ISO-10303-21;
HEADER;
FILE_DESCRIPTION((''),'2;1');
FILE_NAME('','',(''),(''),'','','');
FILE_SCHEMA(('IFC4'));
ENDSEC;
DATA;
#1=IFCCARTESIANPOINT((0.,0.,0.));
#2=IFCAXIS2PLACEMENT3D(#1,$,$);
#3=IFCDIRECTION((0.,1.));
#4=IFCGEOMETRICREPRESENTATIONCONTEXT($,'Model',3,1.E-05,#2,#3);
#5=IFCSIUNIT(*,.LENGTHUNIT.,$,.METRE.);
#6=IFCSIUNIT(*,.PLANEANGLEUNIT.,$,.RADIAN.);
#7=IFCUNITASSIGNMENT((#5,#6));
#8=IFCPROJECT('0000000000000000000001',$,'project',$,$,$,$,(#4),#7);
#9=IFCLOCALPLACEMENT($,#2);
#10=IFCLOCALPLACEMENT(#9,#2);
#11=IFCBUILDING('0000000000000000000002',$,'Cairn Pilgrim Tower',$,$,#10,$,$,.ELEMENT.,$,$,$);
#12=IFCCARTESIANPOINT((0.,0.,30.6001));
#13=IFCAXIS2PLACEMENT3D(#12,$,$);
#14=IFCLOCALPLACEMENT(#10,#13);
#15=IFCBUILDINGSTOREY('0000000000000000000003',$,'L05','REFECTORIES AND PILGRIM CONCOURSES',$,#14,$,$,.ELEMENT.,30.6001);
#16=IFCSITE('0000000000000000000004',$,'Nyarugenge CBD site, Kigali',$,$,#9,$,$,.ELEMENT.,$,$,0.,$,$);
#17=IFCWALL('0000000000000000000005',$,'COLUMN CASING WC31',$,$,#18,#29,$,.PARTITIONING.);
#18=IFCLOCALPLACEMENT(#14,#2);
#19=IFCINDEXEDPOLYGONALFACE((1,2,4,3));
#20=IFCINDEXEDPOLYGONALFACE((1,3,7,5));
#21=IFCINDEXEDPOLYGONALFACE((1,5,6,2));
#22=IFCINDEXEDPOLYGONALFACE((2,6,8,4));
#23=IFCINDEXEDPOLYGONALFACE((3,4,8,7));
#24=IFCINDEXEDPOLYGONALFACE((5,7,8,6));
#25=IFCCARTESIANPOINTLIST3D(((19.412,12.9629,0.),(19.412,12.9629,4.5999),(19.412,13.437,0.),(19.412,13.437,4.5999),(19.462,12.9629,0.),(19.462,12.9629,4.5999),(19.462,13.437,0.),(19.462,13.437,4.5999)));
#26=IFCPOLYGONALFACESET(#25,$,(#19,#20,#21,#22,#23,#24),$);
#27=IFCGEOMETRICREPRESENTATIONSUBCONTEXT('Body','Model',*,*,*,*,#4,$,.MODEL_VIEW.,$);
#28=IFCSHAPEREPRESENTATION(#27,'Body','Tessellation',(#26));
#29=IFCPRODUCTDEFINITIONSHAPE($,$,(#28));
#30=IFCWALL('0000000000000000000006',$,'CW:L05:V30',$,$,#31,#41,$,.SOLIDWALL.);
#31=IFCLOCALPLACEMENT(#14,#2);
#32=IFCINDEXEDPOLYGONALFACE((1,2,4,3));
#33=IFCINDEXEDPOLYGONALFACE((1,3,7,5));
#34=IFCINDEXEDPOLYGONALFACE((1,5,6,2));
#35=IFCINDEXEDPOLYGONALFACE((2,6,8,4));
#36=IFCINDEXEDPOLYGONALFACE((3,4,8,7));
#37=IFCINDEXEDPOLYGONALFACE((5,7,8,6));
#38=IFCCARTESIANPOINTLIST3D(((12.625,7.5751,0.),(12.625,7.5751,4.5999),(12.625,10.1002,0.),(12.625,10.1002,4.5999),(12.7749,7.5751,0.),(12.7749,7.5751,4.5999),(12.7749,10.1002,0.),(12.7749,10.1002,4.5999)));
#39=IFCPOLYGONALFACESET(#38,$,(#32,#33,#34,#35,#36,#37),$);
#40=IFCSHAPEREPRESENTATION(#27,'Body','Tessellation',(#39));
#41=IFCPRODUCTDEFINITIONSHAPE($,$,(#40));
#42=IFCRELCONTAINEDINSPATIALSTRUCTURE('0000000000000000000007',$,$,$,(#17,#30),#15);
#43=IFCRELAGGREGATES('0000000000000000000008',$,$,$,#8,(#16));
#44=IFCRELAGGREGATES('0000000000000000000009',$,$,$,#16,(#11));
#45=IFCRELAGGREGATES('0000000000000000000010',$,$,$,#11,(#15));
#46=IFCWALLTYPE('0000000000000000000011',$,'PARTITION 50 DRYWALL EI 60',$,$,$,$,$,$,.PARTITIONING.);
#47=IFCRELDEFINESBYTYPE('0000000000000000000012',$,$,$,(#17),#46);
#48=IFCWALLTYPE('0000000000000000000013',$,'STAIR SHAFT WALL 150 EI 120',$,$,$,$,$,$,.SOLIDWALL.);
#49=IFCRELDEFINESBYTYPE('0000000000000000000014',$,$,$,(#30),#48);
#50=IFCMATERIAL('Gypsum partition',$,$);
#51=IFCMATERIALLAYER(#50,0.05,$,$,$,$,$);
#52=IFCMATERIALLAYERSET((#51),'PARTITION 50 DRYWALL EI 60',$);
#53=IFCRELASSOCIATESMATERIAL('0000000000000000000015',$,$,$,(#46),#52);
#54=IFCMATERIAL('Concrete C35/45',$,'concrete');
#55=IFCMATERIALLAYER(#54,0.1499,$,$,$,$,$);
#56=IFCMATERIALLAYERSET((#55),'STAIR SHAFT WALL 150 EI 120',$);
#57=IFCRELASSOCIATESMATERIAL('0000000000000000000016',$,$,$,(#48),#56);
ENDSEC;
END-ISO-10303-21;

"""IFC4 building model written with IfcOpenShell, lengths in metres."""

from ifc_helpers import new_model, si_unit, direction, frame, frame_2d, origin, place, context, subcontext, project, spatial, rectangle, extrude, material, layer, layer_set, type_object, element, save


model = new_model("IFC4")

# Units and contexts
model_context = context("Model", 3, precision=1e-05, world=origin(), true_north=direction((0.0, 1.0)))
body_context = subcontext(model_context, "Body", "Model", "MODEL_VIEW")
ifc_project = project(units=[si_unit("LENGTHUNIT", "METRE"), si_unit("PLANEANGLEUNIT", "RADIAN")], contexts=[model_context])

# Site, building, storey
site_placement = place(None, origin())
site = spatial("IfcSite", under=ifc_project, at=site_placement, Name="Nyarugenge CBD site, Kigali", CompositionType="ELEMENT", RefElevation=0.0)
building_placement = place(site_placement, origin())
building = spatial("IfcBuilding", under=site, at=building_placement, Name="Cairn Pilgrim Tower", CompositionType="ELEMENT")
storey_placement = place(building_placement, frame((0.0, 0.0, 30.6001)))
storey = spatial("IfcBuildingStorey", under=building, at=storey_placement, Name="L05", Description="REFECTORIES AND PILGRIM CONCOURSES", CompositionType="ELEMENT", Elevation=30.6001)

# Shared definitions
ifc_material_1 = material(Name="Gypsum partition")

# Walls
ifc_layer_1 = layer(ifc_material_1, 0.05)
ifc_layer_set_1 = layer_set([ifc_layer_1], Name="PARTITION 50 DRYWALL EI 60")
wall_type_1 = type_object("IfcWallType", Name="PARTITION 50 DRYWALL EI 60", PredefinedType="PARTITIONING", material=ifc_layer_set_1)
wall_1_placement = place(storey_placement, frame((19.437, 12.9629, 0.0), z_axis=(0.0, 0.0, 1.0), x_axis=(0.0, 1.0, 0.0)))
element("IfcWall", 1, at=wall_1_placement, inside=storey, type_object=wall_type_1, Name="COLUMN CASING WC31", PredefinedType="PARTITIONING", context=body_context, shape_type="SweptSolid", body=[
    extrude(rectangle(XDim=0.4741, YDim=0.05, at=frame_2d((0.2371, 0.0))), origin(), (0.0, 0.0, 1.0), 4.5999),
])
ifc_material_2 = material(Name="Concrete C35/45", Category="concrete")
ifc_layer_2 = layer(ifc_material_2, 0.1499)
ifc_layer_set_2 = layer_set([ifc_layer_2], Name="STAIR SHAFT WALL 150 EI 120")
wall_type_2 = type_object("IfcWallType", Name="STAIR SHAFT WALL 150 EI 120", PredefinedType="SOLIDWALL", material=ifc_layer_set_2)
wall_2_placement = place(storey_placement, frame((12.7, 7.575, 0.0), z_axis=(0.0, 0.0, 1.0), x_axis=(0.0, 1.0, 0.0)))
element("IfcWall", 2, at=wall_2_placement, inside=storey, type_object=wall_type_2, Name="CW:L05:V30", PredefinedType="SOLIDWALL", context=body_context, shape_type="SweptSolid", body=[
    extrude(rectangle(XDim=2.5251, YDim=0.1499, at=frame_2d((1.2627, 0.0))), origin(), (0.0, 0.0, 1.0), 4.5999),
])

save(model, "model.ifc")
